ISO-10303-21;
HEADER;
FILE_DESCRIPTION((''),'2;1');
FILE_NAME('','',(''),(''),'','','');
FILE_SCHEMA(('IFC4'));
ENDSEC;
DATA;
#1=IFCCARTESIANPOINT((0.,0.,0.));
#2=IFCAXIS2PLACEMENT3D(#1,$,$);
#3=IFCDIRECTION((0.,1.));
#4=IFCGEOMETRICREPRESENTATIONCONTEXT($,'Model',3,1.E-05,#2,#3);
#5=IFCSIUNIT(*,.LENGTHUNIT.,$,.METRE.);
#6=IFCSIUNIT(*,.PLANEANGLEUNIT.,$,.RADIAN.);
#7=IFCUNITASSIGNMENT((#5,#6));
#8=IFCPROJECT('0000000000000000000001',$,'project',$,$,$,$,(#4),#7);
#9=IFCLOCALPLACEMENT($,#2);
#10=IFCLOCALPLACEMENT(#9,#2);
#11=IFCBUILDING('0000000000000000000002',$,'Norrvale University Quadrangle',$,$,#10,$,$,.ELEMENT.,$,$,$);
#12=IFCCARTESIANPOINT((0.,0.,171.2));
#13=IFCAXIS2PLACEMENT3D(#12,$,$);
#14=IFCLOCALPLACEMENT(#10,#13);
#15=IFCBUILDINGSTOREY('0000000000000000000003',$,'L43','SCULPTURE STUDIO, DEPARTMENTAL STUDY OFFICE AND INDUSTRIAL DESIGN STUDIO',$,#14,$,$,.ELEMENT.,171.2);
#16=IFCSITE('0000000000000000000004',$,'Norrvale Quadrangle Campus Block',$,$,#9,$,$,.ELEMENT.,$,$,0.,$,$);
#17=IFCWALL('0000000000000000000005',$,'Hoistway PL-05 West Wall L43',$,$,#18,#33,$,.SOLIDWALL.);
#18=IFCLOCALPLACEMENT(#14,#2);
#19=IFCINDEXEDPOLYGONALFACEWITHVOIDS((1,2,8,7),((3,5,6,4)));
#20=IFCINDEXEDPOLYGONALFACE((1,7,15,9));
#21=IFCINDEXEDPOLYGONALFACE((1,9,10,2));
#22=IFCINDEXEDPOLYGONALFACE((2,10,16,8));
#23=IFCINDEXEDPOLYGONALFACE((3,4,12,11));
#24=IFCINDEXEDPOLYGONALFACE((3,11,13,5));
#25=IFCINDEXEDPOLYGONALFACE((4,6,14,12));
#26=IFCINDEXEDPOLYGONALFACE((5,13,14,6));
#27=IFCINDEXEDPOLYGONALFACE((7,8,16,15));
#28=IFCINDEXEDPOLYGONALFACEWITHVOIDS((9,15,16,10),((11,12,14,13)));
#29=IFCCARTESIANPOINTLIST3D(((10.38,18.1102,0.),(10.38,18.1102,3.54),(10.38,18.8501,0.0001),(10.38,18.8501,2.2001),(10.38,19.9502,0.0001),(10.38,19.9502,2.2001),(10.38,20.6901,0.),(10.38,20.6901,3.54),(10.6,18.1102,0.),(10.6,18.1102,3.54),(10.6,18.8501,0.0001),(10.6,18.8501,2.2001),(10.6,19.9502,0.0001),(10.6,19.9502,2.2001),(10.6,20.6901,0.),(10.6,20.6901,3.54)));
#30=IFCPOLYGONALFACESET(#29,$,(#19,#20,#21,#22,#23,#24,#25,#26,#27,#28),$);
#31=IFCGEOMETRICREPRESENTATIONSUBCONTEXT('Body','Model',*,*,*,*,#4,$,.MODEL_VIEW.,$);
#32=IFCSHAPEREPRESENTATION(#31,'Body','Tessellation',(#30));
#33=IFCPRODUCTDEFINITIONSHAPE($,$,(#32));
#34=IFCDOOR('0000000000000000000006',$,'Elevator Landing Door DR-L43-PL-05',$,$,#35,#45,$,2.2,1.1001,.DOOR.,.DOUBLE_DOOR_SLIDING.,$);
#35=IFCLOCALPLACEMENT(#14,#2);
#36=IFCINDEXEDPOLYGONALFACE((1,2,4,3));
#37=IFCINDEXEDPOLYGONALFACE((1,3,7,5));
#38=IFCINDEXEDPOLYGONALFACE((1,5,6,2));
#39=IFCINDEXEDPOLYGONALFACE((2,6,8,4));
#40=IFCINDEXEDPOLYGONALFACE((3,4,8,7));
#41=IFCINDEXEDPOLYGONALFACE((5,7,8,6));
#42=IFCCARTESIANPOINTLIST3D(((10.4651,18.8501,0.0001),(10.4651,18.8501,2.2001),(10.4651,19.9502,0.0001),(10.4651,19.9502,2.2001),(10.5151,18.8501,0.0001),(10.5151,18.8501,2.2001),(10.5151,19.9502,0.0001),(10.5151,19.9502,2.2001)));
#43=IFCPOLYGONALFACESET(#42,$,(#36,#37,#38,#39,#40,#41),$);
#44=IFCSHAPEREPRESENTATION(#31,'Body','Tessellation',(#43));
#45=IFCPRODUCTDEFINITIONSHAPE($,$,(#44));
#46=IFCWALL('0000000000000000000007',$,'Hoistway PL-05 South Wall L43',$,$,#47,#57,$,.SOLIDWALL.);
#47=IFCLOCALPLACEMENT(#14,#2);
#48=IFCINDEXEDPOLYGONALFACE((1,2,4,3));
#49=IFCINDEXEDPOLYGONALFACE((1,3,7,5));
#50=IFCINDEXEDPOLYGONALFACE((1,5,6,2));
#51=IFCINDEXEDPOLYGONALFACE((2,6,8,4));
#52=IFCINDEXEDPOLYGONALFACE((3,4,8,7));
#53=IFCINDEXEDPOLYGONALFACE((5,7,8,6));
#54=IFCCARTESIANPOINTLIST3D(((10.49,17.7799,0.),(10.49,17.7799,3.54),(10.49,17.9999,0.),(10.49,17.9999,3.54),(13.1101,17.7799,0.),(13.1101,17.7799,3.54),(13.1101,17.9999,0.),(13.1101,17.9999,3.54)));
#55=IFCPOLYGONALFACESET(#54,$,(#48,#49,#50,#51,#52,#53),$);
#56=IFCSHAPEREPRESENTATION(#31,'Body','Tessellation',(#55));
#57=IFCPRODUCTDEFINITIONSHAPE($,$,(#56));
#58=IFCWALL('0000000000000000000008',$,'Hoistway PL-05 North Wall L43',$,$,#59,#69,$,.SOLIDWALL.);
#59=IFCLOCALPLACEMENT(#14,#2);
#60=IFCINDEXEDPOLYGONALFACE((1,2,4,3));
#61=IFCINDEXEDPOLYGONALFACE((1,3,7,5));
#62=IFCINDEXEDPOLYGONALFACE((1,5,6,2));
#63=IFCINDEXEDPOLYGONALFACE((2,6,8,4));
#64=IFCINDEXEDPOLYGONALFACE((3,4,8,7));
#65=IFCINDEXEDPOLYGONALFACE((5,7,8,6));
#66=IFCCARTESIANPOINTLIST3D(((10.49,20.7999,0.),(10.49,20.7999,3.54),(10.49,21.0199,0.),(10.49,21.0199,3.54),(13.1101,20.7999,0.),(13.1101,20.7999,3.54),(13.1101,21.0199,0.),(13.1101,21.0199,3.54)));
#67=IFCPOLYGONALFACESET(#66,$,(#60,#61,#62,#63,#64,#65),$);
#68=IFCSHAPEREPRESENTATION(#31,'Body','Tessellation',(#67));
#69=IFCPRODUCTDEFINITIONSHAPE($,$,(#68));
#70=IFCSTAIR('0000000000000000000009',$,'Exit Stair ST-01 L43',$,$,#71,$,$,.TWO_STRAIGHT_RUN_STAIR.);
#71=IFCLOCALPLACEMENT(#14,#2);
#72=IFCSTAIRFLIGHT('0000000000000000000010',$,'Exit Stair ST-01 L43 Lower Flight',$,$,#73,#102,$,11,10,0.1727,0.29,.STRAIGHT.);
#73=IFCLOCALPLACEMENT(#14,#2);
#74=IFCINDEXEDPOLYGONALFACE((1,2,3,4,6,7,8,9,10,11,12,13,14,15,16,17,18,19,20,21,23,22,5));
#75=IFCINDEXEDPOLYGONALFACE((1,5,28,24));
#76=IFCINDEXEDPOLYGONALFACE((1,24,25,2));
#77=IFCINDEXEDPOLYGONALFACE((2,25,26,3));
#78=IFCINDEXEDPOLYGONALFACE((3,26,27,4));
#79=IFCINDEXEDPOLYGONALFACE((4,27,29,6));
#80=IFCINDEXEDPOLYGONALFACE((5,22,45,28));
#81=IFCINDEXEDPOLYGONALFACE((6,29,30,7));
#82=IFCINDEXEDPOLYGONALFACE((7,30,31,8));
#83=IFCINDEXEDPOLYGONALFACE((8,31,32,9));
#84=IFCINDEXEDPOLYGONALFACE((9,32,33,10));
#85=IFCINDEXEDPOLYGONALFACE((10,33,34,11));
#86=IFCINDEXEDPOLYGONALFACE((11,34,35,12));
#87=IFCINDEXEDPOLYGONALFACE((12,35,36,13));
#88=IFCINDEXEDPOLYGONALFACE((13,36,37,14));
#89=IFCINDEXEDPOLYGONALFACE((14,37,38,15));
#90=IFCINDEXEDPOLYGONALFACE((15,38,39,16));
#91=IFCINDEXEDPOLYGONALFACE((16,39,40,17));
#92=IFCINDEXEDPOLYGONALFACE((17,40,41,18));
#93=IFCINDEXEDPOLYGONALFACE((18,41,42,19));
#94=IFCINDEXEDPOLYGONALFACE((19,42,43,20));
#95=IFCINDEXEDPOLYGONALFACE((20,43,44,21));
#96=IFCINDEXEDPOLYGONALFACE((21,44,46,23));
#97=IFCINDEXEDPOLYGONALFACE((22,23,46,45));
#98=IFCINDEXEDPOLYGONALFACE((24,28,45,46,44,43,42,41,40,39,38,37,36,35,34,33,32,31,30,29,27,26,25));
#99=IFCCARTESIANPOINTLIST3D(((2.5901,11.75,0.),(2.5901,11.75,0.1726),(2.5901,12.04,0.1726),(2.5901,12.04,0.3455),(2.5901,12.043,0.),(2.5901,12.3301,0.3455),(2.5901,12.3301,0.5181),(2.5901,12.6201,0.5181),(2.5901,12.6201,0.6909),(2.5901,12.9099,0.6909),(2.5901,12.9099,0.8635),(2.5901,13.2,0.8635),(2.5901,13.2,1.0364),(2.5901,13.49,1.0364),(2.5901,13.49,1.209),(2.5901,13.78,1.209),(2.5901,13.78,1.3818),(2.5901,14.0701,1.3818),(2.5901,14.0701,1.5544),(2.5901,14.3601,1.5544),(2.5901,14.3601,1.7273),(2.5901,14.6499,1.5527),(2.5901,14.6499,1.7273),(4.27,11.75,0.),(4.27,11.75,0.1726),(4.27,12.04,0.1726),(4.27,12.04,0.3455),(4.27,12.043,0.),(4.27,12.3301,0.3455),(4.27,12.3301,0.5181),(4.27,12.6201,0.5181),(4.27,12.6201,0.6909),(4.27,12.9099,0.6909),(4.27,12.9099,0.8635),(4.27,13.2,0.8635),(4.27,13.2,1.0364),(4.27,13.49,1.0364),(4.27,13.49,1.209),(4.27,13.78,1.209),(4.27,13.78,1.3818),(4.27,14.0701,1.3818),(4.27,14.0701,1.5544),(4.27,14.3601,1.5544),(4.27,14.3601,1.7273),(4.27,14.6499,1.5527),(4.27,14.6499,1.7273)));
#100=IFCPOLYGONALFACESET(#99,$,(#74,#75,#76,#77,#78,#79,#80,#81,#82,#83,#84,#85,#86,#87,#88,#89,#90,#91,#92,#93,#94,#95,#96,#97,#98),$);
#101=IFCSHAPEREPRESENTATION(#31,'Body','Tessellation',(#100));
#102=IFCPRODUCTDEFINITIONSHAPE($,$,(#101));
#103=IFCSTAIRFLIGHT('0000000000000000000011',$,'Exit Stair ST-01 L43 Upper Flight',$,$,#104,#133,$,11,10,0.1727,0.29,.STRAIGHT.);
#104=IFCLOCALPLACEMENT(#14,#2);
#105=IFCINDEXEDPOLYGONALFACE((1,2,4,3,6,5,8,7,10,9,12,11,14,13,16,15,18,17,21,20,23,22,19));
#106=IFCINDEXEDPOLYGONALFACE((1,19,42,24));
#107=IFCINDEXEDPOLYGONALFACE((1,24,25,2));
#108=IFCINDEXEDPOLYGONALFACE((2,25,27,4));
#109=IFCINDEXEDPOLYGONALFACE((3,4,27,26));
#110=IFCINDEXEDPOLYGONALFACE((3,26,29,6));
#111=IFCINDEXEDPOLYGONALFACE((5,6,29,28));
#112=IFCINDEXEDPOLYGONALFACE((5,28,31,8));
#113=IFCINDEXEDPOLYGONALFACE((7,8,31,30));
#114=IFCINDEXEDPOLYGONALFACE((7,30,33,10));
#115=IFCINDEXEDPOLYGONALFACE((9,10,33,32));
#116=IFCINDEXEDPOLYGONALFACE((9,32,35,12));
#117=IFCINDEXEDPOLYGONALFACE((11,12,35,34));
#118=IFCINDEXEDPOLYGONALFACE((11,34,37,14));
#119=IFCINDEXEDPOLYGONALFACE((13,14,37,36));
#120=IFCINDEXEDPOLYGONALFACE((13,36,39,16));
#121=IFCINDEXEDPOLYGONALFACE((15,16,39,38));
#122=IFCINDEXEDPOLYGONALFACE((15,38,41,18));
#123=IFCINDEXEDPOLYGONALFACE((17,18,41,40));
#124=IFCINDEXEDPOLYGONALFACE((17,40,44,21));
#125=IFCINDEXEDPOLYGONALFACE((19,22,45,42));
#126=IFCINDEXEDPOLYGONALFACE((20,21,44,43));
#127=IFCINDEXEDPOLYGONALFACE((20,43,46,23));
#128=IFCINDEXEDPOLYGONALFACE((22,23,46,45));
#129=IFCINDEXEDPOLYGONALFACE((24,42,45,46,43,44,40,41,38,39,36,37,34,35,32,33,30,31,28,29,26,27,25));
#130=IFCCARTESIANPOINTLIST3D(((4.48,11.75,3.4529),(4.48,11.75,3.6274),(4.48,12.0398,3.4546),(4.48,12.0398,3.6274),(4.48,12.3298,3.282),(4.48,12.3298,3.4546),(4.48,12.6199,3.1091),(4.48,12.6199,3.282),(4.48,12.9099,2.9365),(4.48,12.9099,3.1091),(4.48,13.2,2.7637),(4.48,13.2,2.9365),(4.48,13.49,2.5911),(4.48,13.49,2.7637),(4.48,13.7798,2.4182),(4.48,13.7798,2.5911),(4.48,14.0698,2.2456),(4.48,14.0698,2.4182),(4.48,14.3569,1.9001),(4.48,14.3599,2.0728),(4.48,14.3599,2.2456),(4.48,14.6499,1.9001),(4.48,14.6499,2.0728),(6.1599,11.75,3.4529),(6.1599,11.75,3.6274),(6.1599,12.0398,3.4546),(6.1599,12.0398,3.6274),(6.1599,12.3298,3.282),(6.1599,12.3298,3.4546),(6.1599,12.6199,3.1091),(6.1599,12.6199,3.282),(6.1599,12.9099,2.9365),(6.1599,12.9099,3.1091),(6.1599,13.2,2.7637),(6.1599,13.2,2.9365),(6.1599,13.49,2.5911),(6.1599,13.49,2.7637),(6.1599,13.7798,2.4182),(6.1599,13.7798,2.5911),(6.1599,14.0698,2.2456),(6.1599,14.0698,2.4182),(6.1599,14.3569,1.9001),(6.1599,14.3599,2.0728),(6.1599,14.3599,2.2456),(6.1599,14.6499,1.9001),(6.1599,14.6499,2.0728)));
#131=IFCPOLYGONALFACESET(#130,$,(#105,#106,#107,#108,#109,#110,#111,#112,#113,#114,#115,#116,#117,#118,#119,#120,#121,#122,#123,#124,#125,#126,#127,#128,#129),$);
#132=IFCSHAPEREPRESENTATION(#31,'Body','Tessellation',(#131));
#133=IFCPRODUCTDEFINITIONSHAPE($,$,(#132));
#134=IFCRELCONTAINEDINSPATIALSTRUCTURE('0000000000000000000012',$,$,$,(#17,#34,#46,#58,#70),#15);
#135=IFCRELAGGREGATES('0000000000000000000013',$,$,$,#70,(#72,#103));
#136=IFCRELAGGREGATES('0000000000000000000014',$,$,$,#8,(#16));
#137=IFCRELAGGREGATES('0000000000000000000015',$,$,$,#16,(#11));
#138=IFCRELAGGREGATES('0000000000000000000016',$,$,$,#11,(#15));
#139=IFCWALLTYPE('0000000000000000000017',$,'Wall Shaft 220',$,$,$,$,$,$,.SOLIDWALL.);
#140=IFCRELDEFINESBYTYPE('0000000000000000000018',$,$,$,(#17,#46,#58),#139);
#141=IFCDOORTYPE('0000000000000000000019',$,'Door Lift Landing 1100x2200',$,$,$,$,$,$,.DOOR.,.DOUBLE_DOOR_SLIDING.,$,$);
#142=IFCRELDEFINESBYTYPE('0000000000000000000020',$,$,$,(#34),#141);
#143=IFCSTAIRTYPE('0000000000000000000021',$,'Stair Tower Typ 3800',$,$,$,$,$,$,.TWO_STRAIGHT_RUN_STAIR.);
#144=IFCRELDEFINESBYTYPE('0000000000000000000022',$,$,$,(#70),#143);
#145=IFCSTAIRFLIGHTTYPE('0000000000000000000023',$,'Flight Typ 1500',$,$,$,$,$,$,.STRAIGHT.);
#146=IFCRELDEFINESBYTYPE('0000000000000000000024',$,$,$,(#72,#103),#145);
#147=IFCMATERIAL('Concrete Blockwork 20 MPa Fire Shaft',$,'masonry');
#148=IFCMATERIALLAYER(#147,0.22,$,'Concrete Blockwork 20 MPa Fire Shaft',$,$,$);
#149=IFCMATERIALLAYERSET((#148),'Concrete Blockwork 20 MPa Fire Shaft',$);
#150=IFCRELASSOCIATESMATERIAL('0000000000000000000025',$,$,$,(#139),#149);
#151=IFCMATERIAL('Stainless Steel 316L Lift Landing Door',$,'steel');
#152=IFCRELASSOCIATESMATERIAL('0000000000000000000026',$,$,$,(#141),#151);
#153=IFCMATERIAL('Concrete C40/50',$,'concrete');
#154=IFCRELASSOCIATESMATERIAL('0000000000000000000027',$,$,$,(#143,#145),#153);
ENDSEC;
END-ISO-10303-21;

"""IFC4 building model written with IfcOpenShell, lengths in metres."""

from ifc_helpers import new_model, si_unit, direction, frame, frame_2d, origin, place, context, subcontext, project, spatial, polyline, rectangle, outline, extrude, material, layer, layer_set, type_object, element, fill, aggregate, save


model = new_model("IFC4")

# Units and contexts
model_context = context("Model", 3, precision=1e-05, world=origin(), true_north=direction((0.0, 1.0)))
body_context = subcontext(model_context, "Body", "Model", "MODEL_VIEW")
ifc_project = project(units=[si_unit("LENGTHUNIT", "METRE"), si_unit("PLANEANGLEUNIT", "RADIAN")], contexts=[model_context])

# Site, building, storey
site_placement = place(None, origin())
site = spatial("IfcSite", under=ifc_project, at=site_placement, Name="Norrvale Quadrangle Campus Block", CompositionType="ELEMENT", RefElevation=0.0)
building_placement = place(site_placement, origin())
building = spatial("IfcBuilding", under=site, at=building_placement, Name="Norrvale University Quadrangle", CompositionType="ELEMENT")
storey_placement = place(building_placement, frame((0.0, 0.0, 171.2)))
storey = spatial("IfcBuildingStorey", under=building, at=storey_placement, Name="L43", Description="SCULPTURE STUDIO, DEPARTMENTAL STUDY OFFICE AND INDUSTRIAL DESIGN STUDIO", CompositionType="ELEMENT", Elevation=171.2)

# Shared definitions
ifc_material_1 = material(Name="Concrete Blockwork 20 MPa Fire Shaft", Category="masonry")
ifc_layer_1 = layer(ifc_material_1, 0.22, Name="Concrete Blockwork 20 MPa Fire Shaft")
ifc_layer_set_1 = layer_set([ifc_layer_1], Name="Concrete Blockwork 20 MPa Fire Shaft")
wall_type_1 = type_object("IfcWallType", Name="Wall Shaft 220", PredefinedType="SOLIDWALL", material=ifc_layer_set_1)

# Wall, opening, door
wall_1_placement = place(storey_placement, frame((10.49, 18.1101, 0.0), z_axis=(0.0, 0.0, 1.0), x_axis=(0.0, 1.0, 0.0)))
wall_1 = element("IfcWall", 1, at=wall_1_placement, inside=storey, type_object=wall_type_1, Name="Hoistway PL-05 West Wall L43", PredefinedType="SOLIDWALL", context=body_context, shape_type="SweptSolid", body=[
    extrude(rectangle(XDim=2.5798, YDim=0.22, at=frame_2d((1.29, 0.0))), origin(), (0.0, 0.0, 1.0), 3.54),
])
opening_1_placement = place(wall_1_placement, frame((0.74, 0.0, 0.0)))
opening_1 = element("IfcOpeningElement", 2, at=opening_1_placement, cuts=wall_1, PredefinedType="OPENING", context=body_context, shape_type="SweptSolid", body=[
    extrude(rectangle(XDim=1.1001, YDim=2.2, at=frame_2d((0.55, 1.1001))), frame((0.0, 0.1221, 0.0), z_axis=(0.0, -1.0, 0.0), x_axis=(1.0, 0.0, 0.0)), (0.0, 0.0, 1.0), 0.2439),
])
ifc_material_2 = material(Name="Stainless Steel 316L Lift Landing Door", Category="steel")
door_type_1 = type_object("IfcDoorType", Name="Door Lift Landing 1100x2200", OperationType="DOUBLE_DOOR_SLIDING", PredefinedType="DOOR", material=ifc_material_2)
door_1_placement = place(opening_1_placement, origin())
door_1 = element("IfcDoor", 3, at=door_1_placement, inside=storey, type_object=door_type_1, Name="Elevator Landing Door DR-L43-PL-05", OperationType="DOUBLE_DOOR_SLIDING", OverallHeight=2.2, OverallWidth=1.1001, PredefinedType="DOOR", context=body_context, shape_type="SweptSolid", body=[
    extrude(rectangle(XDim=1.1001, YDim=2.2, at=frame_2d((0.55, 1.1001))), frame((0.0, 0.0249, 0.0), z_axis=(0.0, -1.0, 0.0), x_axis=(1.0, 0.0, 0.0)), (0.0, 0.0, 1.0), 0.05),
])
fill(opening_1, door_1)

# Walls
for number, where, z_axis, x_axis, name in (
    (4, (10.49, 17.8899, 0.0), (0.0, 0.0, 1.0), (1.0, 0.0, 0.0), "Hoistway PL-05 South Wall L43"),
    (5, (10.49, 20.9099, 0.0), (0.0, 0.0, 1.0), (1.0, 0.0, 0.0), "Hoistway PL-05 North Wall L43"),
):
    element("IfcWall", number, at=place(storey_placement, frame(where, z_axis=z_axis, x_axis=x_axis)), inside=storey, type_object=wall_type_1, Name=name, PredefinedType="SOLIDWALL", context=body_context, shape_type="SweptSolid", body=[
        extrude(rectangle(XDim=2.6201, YDim=0.22, at=frame_2d((1.3101, 0.0))), origin(), (0.0, 0.0, 1.0), 3.54),
    ])

# Stair, stair flights
ifc_material_3 = material(Name="Concrete C40/50", Category="concrete")
stair_type = type_object("IfcStairType", Name="Stair Tower Typ 3800", PredefinedType="TWO_STRAIGHT_RUN_STAIR", material=ifc_material_3)
stair_placement = place(storey_placement, origin())
stair = element("IfcStair", 6, at=stair_placement, inside=storey, type_object=stair_type, Name="Exit Stair ST-01 L43", PredefinedType="TWO_STRAIGHT_RUN_STAIR")
stair_flight_type = type_object("IfcStairFlightType", Name="Flight Typ 1500", PredefinedType="STRAIGHT", material=ifc_material_3)
stair_flight_1_placement = place(storey_placement, frame((3.4299, 11.75, 0.0), z_axis=(0.0, 0.0, 1.0), x_axis=(0.0, 1.0, 0.0)))
stair_flight_1 = element("IfcStairFlight", 7, at=stair_flight_1_placement, type_object=stair_flight_type, Name="Exit Stair ST-01 L43 Lower Flight", NumberOfRisers=11, NumberOfTreads=10, PredefinedType="STRAIGHT", RiserHeight=0.1727, TreadLength=0.29, context=body_context, shape_type="SweptSolid", body=[
    extrude(outline(polyline([(0.0, 0.0), (0.0, 0.1726), (0.29, 0.1726), (0.29, 0.3455), (0.5801, 0.3455), (0.5801, 0.5181), (0.8701, 0.5181), (0.8701, 0.6909), (1.1599, 0.6909), (1.1599, 0.8635), (1.45, 0.8635), (1.45, 1.0364), (1.74, 1.0364), (1.74, 1.209), (2.03, 1.209), (2.03, 1.3818), (2.3201, 1.3818), (2.3201, 1.5544), (2.6101, 1.5544), (2.6101, 1.7273), (2.8999, 1.7273), (2.8999, 1.8999), (2.8999, 1.5527), (0.293, 0.0), (0.0, 0.0)])), frame((0.0, 0.8398, 0.0), z_axis=(0.0, -1.0, 0.0), x_axis=(1.0, 0.0, 0.0)), (0.0, 0.0, 1.0), 1.6799),
])
stair_flight_2_placement = place(storey_placement, frame((5.3201, 14.6499, 1.9001), z_axis=(0.0, 0.0, 1.0), x_axis=(0.0, -1.0, 0.0)))
stair_flight_2 = element("IfcStairFlight", 8, at=stair_flight_2_placement, type_object=stair_flight_type, Name="Exit Stair ST-01 L43 Upper Flight", NumberOfRisers=11, NumberOfTreads=10, PredefinedType="STRAIGHT", RiserHeight=0.1727, TreadLength=0.29, context=body_context, shape_type="SweptSolid", body=[
    extrude(outline(polyline([(0.0, 0.0), (0.0, 0.1726), (0.29, 0.1726), (0.29, 0.3455), (0.5801, 0.3455), (0.5801, 0.5181), (0.8701, 0.5181), (0.8701, 0.6909), (1.1599, 0.6909), (1.1599, 0.8635), (1.45, 0.8635), (1.45, 1.0364), (1.74, 1.0364), (1.74, 1.209), (2.03, 1.209), (2.03, 1.3818), (2.3201, 1.3818), (2.3201, 1.5544), (2.6101, 1.5544), (2.6101, 1.7273), (2.8999, 1.7273), (2.8999, 1.8999), (2.8999, 1.5527), (0.293, 0.0), (0.0, 0.0)])), frame((0.0, 0.8398, 0.0), z_axis=(0.0, -1.0, 0.0), x_axis=(1.0, 0.0, 0.0)), (0.0, 0.0, 1.0), 1.6799),
])
aggregate(stair, [stair_flight_1, stair_flight_2])

save(model, "model.ifc")
